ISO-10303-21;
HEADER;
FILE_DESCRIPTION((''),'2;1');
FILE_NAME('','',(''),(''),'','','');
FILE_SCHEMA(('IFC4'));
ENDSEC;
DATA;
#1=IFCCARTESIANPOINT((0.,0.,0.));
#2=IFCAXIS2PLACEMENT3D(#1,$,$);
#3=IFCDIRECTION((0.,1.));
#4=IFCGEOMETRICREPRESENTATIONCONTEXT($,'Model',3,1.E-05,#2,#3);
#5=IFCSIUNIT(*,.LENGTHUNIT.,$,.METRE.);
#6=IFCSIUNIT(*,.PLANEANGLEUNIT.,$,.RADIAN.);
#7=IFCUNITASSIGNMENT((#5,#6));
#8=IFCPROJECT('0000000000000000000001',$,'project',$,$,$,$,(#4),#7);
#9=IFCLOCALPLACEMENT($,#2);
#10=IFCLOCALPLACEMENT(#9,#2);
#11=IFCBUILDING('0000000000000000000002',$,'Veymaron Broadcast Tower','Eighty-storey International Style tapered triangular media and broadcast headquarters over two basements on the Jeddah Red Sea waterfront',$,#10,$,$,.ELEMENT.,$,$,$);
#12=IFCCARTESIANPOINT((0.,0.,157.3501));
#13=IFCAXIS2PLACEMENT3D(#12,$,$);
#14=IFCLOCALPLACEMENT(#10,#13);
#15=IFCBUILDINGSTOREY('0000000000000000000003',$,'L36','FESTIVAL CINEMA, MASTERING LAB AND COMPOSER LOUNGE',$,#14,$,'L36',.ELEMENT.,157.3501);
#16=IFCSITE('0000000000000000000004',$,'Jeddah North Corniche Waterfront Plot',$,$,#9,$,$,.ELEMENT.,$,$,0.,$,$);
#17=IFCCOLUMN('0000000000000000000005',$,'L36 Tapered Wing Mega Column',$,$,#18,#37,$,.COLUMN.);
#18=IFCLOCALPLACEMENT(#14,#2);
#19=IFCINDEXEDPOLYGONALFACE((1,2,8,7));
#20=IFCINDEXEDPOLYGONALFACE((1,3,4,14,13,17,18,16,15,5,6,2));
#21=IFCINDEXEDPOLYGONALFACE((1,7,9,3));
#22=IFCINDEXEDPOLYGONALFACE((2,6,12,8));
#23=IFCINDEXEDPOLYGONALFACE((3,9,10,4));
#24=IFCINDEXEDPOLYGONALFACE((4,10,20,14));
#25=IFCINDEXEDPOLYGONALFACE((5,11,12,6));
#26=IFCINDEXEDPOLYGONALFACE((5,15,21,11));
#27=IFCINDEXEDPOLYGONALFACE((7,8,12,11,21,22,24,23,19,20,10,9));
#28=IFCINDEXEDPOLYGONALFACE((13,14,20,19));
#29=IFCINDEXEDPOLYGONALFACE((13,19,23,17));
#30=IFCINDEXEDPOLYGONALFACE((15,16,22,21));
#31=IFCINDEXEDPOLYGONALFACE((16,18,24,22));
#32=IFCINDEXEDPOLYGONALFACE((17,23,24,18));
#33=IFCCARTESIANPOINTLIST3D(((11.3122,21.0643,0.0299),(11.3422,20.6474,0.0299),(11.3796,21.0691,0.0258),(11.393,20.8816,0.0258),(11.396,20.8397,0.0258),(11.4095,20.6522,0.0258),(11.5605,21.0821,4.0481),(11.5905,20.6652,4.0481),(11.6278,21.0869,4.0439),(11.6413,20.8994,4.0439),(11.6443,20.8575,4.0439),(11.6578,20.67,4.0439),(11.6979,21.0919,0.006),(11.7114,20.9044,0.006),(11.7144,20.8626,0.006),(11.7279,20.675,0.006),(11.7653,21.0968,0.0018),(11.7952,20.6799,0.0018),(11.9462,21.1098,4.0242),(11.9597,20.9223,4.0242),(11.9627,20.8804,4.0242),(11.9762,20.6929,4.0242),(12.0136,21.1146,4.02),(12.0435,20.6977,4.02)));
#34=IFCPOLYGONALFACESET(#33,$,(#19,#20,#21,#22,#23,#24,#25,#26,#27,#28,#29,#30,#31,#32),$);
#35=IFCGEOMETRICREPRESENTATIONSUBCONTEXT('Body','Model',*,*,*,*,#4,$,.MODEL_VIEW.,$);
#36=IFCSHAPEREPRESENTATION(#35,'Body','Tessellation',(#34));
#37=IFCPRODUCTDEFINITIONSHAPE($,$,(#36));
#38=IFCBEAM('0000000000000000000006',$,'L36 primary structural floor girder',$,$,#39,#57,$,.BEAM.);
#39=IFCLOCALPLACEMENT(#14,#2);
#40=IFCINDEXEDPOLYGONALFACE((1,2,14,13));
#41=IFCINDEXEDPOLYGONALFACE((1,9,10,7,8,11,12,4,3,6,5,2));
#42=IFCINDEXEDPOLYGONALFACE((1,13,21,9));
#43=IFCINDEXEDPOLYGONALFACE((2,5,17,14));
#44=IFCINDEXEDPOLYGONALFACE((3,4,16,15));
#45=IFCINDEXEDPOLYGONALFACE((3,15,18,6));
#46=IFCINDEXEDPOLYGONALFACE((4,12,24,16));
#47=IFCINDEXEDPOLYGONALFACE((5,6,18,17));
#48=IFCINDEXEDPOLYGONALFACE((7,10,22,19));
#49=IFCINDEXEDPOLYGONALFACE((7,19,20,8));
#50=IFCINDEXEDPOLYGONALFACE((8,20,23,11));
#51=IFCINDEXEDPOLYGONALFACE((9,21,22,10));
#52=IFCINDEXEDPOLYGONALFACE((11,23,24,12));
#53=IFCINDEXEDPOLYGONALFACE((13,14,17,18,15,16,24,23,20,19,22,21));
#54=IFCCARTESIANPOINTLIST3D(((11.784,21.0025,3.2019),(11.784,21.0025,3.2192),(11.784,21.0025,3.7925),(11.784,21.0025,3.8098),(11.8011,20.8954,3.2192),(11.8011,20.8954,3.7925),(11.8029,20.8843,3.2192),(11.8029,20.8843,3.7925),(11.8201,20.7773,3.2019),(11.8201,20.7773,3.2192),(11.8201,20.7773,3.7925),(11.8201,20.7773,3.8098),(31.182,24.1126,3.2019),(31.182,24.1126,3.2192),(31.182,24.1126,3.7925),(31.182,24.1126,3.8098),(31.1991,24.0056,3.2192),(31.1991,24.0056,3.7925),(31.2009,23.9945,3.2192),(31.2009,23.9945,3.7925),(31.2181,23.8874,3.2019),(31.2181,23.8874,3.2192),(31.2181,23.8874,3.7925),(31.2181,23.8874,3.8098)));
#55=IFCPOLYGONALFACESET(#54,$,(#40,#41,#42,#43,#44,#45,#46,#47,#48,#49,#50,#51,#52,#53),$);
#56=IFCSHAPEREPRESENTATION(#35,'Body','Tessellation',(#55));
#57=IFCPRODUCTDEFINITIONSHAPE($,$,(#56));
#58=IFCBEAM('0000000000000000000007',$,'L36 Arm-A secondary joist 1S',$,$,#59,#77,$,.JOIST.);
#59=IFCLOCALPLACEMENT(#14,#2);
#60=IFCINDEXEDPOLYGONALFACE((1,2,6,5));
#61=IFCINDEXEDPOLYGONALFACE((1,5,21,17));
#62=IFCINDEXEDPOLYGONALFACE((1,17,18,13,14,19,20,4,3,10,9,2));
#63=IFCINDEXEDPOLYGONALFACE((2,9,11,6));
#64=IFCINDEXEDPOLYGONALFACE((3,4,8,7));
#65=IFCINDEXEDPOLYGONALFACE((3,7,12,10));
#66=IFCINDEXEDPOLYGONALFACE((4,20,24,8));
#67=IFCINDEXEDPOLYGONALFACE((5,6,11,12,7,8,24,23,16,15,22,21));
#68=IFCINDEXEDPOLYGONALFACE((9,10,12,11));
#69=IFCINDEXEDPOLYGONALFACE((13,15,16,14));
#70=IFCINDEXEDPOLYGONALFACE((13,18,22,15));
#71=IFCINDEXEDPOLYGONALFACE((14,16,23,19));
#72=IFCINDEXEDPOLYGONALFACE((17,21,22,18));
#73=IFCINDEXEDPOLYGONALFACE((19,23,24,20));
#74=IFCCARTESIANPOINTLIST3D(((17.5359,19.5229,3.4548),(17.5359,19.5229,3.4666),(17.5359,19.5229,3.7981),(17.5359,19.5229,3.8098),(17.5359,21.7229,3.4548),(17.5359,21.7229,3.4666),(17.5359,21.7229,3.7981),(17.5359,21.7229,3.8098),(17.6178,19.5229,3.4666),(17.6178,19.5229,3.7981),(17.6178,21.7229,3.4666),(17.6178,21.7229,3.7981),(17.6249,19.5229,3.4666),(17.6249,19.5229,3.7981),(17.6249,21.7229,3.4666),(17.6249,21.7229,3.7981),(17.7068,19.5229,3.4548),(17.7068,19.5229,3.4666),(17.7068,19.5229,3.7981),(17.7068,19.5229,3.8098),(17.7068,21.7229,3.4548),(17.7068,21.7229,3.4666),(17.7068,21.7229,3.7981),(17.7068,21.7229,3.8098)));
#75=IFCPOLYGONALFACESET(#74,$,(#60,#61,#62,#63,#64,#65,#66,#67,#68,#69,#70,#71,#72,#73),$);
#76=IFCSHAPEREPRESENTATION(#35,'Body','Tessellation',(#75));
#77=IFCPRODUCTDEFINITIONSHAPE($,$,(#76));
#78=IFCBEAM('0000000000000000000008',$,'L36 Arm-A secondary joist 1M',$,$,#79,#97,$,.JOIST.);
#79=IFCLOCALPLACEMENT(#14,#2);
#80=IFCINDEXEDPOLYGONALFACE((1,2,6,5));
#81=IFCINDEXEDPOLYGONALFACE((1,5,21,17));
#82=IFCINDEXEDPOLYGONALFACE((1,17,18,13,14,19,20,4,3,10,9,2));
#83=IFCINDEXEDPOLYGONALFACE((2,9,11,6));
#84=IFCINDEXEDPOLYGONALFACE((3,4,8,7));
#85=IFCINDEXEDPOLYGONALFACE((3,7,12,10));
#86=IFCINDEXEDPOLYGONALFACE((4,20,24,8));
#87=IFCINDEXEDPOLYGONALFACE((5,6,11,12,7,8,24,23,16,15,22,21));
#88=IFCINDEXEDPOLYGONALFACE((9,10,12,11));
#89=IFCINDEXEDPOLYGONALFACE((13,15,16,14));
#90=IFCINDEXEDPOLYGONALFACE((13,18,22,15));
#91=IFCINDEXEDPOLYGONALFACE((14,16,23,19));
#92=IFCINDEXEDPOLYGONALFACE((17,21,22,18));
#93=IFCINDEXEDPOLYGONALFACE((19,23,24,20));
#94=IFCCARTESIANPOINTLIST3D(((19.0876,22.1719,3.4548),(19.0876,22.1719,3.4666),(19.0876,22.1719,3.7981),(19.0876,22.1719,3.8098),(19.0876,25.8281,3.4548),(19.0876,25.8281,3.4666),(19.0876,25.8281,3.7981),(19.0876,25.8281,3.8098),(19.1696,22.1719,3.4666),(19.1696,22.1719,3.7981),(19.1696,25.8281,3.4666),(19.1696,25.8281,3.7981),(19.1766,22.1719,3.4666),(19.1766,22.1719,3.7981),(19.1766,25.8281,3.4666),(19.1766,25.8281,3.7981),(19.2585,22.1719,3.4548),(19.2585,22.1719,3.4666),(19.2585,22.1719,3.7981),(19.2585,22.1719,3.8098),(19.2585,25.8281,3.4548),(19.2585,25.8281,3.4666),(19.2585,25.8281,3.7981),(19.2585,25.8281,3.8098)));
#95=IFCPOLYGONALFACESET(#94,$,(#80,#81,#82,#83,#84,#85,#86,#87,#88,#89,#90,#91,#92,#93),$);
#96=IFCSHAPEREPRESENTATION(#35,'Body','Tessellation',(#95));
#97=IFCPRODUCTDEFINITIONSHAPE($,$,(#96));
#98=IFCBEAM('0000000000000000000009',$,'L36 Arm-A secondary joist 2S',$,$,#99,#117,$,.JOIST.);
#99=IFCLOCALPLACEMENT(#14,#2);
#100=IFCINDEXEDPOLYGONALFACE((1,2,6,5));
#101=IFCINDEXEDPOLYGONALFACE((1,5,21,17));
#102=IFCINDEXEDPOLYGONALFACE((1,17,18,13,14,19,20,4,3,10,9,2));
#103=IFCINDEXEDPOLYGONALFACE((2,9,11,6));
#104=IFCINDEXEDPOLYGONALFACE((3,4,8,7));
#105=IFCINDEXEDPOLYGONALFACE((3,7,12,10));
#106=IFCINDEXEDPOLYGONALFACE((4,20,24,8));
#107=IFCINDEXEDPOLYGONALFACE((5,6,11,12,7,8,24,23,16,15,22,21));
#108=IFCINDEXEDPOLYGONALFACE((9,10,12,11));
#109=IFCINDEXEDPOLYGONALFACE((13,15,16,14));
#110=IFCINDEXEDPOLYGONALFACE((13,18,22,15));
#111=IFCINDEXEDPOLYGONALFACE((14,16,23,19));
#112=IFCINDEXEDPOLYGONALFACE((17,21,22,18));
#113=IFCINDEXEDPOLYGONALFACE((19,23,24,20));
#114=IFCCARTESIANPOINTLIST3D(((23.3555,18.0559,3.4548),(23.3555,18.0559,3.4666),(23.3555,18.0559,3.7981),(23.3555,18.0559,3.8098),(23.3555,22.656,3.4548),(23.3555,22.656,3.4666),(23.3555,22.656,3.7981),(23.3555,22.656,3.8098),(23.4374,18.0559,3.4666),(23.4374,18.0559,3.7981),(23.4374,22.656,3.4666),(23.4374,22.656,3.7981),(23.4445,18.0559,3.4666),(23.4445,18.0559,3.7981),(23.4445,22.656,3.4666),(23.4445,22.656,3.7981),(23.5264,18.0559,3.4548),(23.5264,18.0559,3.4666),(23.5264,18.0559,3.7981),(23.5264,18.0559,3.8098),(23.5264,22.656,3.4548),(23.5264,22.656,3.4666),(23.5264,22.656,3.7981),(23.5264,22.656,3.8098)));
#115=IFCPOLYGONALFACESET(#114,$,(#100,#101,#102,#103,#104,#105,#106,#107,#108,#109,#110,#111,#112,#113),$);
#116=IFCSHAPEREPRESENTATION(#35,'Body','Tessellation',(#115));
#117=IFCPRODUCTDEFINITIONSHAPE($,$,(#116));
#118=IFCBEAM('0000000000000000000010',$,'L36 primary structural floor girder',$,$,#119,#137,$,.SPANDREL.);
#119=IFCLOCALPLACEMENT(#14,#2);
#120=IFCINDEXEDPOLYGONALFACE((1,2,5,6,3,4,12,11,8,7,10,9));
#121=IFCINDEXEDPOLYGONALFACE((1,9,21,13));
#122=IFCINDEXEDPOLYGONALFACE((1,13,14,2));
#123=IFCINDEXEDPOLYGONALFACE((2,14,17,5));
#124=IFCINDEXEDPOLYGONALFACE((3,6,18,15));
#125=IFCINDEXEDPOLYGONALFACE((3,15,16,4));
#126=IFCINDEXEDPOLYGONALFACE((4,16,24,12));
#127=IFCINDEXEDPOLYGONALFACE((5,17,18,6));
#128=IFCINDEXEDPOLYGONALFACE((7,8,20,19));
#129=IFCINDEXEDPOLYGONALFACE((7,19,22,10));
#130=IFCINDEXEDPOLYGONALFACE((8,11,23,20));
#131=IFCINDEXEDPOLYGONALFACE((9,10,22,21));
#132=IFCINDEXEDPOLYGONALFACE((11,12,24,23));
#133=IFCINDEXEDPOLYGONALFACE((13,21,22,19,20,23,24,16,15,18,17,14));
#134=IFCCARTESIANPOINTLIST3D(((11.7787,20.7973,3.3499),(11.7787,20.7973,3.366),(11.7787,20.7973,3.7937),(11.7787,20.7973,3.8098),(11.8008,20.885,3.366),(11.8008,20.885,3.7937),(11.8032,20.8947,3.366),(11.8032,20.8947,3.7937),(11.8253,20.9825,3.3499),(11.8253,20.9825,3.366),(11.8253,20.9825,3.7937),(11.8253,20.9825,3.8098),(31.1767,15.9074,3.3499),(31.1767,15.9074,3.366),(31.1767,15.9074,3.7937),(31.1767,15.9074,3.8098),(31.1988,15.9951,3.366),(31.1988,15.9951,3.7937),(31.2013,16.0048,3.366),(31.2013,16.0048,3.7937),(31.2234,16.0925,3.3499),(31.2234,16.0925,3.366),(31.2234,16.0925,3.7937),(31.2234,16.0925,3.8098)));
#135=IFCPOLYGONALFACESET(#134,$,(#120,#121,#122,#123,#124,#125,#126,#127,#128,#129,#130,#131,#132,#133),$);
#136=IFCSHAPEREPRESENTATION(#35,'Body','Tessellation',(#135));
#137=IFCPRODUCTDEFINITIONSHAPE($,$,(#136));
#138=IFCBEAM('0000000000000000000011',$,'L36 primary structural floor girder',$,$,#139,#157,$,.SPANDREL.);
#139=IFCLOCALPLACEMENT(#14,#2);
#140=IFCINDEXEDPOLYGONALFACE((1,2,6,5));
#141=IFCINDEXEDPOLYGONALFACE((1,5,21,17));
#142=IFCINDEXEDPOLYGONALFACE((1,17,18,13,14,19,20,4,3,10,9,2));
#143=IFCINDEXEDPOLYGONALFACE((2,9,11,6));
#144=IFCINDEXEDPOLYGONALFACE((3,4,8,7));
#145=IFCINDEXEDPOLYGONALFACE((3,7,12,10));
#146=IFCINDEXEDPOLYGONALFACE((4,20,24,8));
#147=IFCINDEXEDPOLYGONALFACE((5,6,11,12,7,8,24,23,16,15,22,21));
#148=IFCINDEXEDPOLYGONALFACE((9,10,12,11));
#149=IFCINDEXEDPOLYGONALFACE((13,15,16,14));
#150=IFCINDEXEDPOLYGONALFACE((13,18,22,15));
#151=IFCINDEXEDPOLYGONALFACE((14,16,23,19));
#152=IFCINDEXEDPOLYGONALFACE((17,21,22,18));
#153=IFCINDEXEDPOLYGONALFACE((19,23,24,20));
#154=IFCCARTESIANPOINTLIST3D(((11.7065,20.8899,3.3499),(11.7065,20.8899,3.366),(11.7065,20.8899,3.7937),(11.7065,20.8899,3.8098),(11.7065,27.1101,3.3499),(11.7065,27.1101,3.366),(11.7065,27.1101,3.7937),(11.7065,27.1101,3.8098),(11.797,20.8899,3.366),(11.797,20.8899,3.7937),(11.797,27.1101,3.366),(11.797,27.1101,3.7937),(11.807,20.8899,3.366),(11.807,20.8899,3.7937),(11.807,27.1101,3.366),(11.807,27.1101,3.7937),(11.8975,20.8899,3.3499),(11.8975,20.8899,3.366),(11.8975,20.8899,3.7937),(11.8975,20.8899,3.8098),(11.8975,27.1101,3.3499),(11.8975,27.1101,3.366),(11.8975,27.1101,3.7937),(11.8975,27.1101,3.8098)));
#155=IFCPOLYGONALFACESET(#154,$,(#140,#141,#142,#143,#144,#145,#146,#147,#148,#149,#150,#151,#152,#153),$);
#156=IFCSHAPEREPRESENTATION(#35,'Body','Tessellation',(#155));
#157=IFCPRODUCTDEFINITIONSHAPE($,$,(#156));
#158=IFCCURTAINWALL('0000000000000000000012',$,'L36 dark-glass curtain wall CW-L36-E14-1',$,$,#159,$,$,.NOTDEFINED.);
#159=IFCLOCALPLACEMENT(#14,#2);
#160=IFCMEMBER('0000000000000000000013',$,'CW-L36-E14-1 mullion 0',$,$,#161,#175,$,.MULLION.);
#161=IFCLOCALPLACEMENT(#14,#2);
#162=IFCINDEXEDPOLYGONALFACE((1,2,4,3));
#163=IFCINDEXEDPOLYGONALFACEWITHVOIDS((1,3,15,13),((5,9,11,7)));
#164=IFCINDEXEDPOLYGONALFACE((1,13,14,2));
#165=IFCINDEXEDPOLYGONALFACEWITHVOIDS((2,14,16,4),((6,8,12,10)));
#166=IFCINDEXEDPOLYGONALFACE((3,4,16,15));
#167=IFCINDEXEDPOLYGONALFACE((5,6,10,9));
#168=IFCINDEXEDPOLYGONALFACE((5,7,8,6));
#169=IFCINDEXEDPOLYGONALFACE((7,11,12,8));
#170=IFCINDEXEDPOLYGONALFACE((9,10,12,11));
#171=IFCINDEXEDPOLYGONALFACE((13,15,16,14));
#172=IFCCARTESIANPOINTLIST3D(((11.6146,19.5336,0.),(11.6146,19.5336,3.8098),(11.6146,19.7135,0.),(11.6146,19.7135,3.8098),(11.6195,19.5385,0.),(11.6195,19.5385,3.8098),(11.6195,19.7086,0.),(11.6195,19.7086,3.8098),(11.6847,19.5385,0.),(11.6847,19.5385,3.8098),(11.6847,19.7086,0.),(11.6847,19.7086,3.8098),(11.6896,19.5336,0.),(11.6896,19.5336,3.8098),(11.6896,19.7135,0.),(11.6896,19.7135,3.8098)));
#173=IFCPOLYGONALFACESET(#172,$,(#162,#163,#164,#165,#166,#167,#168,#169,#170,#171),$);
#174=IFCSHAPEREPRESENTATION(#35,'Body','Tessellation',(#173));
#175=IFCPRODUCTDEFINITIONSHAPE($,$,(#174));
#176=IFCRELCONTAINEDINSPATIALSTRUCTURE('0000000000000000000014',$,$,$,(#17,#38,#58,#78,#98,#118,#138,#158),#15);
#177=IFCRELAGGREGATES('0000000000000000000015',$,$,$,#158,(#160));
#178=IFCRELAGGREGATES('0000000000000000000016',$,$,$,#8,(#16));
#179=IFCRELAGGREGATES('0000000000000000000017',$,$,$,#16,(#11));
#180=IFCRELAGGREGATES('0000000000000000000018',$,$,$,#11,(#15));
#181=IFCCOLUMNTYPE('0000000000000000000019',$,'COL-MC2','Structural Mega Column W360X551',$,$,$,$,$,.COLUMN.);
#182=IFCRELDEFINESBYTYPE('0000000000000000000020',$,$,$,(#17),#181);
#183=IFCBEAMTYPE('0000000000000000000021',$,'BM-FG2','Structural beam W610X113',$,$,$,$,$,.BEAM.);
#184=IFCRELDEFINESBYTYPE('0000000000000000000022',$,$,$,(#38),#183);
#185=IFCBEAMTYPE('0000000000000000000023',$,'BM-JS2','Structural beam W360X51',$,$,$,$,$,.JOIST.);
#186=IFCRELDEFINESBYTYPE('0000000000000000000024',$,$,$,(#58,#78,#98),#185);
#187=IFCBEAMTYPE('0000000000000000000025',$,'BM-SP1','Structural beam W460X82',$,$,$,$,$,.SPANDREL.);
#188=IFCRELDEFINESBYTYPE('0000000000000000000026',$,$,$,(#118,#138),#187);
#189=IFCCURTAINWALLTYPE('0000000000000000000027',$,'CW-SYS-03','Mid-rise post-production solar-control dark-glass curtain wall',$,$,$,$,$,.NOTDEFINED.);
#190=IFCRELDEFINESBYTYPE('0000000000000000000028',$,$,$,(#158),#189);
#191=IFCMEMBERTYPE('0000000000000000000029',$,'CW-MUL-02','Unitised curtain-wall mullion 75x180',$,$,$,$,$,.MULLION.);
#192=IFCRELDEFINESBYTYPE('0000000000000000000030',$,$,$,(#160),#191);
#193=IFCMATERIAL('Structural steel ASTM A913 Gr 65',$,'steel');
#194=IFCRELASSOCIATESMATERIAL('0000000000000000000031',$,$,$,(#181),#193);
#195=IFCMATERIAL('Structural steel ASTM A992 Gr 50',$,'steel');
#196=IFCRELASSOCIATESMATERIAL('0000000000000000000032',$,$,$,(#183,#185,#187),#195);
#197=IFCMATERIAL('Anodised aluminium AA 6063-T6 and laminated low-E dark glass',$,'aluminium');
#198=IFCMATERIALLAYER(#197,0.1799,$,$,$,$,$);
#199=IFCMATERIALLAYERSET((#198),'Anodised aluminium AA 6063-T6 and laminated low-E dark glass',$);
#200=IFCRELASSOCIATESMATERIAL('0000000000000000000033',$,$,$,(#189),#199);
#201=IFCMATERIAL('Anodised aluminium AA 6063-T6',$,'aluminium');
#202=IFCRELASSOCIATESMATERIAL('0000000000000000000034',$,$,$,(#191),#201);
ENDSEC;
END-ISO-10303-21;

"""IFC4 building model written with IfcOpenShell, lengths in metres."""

from ifc_helpers import new_model, si_unit, direction, frame, origin, origin_2d, place, context, subcontext, project, spatial, hollow_rectangle, i_section, extrude, material, layer, layer_set, material_profile, profile_set, type_object, element, aggregate, save


model = new_model("IFC4")

# Units and contexts
model_context = context("Model", 3, precision=1e-05, world=origin(), true_north=direction((0.0, 1.0)))
body_context = subcontext(model_context, "Body", "Model", "MODEL_VIEW")
ifc_project = project(units=[si_unit("LENGTHUNIT", "METRE"), si_unit("PLANEANGLEUNIT", "RADIAN")], contexts=[model_context])

# Site, building, storey
site_placement = place(None, origin())
site = spatial("IfcSite", under=ifc_project, at=site_placement, Name="Jeddah North Corniche Waterfront Plot", CompositionType="ELEMENT", RefElevation=0.0)
building_placement = place(site_placement, origin())
building = spatial("IfcBuilding", under=site, at=building_placement, Name="Veymaron Broadcast Tower", Description="Eighty-storey International Style tapered triangular media and broadcast headquarters over two basements on the Jeddah Red Sea waterfront", CompositionType="ELEMENT")
storey_placement = place(building_placement, frame((0.0, 0.0, 157.3501)))
storey = spatial("IfcBuildingStorey", under=building, at=storey_placement, Name="L36", Description="FESTIVAL CINEMA, MASTERING LAB AND COMPOSER LOUNGE", LongName="L36", CompositionType="ELEMENT", Elevation=157.3501)

# Column
ifc_material_1 = material(Name="Structural steel ASTM A913 Gr 65", Category="steel")
ifc_material_profile_1 = material_profile(ifc_material_1, i_section(OverallWidth=0.418, OverallDepth=0.4551, WebThickness=0.042, FlangeThickness=0.0676, at=origin_2d()), Name="W360X551")
ifc_profile_set_1 = profile_set([ifc_material_profile_1], Name="Structural steel ASTM A913 Gr 65")
column_type = type_object("IfcColumnType", Name="COL-MC2", Description="Structural Mega Column W360X551", PredefinedType="COLUMN", material=ifc_profile_set_1)
column_placement = place(storey_placement, frame((11.5537, 20.8721, 0.0159), z_axis=(0.061675, 0.004427, 0.998086), x_axis=(-0.071596, 0.997434, 0.0)))
element("IfcColumn", 1, at=column_placement, inside=storey, type_object=column_type, Name="L36 Tapered Wing Mega Column", PredefinedType="COLUMN", context=body_context, shape_type="SweptSolid", body=[
    extrude(i_section(OverallWidth=0.418, OverallDepth=0.4551, WebThickness=0.042, FlangeThickness=0.0676, at=origin_2d()), origin(), (0.0, 0.0, 1.0), 4.0259),
])

# Beams
ifc_material_2 = material(Name="Structural steel ASTM A992 Gr 50", Category="steel")
ifc_material_profile_2 = material_profile(ifc_material_2, i_section(OverallWidth=0.228, OverallDepth=0.6079, WebThickness=0.0112, FlangeThickness=0.0173, at=origin_2d()), Name="W610X113")
ifc_profile_set_2 = profile_set([ifc_material_profile_2], Name="Structural steel ASTM A992 Gr 50")
beam_type_1 = type_object("IfcBeamType", Name="BM-FG2", Description="Structural beam W610X113", PredefinedType="BEAM", material=ifc_profile_set_2)
beam_1_placement = place(storey_placement, frame((11.802, 20.8899, 3.5059), z_axis=(0.987389, 0.15831, 0.0), x_axis=(-0.15831, 0.987389, 0.0)))
element("IfcBeam", 2, at=beam_1_placement, inside=storey, type_object=beam_type_1, Name="L36 primary structural floor girder", PredefinedType="BEAM", context=body_context, shape_type="SweptSolid", body=[
    extrude(i_section(OverallWidth=0.228, OverallDepth=0.6079, WebThickness=0.0112, FlangeThickness=0.0173, at=origin_2d()), origin(), (0.0, 0.0, 1.0), 19.6458),
])
ifc_material_profile_3 = material_profile(ifc_material_2, i_section(OverallWidth=0.1709, OverallDepth=0.355, WebThickness=0.0071, FlangeThickness=0.0117, at=origin_2d()), Name="W360X51")
ifc_profile_set_3 = profile_set([ifc_material_profile_3], Name="Structural steel ASTM A992 Gr 50")
beam_type_2 = type_object("IfcBeamType", Name="BM-JS2", Description="Structural beam W360X51", PredefinedType="JOIST", material=ifc_profile_set_3)
beam_2_placement = place(storey_placement, frame((17.6213, 19.5229, 3.6323), z_axis=(0.0, 1.0, 0.0), x_axis=(-1.0, 0.0, 0.0)))
element("IfcBeam", 3, at=beam_2_placement, inside=storey, type_object=beam_type_2, Name="L36 Arm-A secondary joist 1S", PredefinedType="JOIST", context=body_context, shape_type="SweptSolid", body=[
    extrude(i_section(OverallWidth=0.1709, OverallDepth=0.355, WebThickness=0.0071, FlangeThickness=0.0117, at=origin_2d()), origin(), (0.0, 0.0, 1.0), 2.2),
])
beam_3_placement = place(storey_placement, frame((19.1731, 22.1719, 3.6323), z_axis=(0.0, 1.0, 0.0), x_axis=(-1.0, 0.0, 0.0)))
element("IfcBeam", 4, at=beam_3_placement, inside=storey, type_object=beam_type_2, Name="L36 Arm-A secondary joist 1M", PredefinedType="JOIST", context=body_context, shape_type="SweptSolid", body=[
    extrude(i_section(OverallWidth=0.1709, OverallDepth=0.355, WebThickness=0.0071, FlangeThickness=0.0117, at=origin_2d()), origin(), (0.0, 0.0, 1.0), 3.6562),
])
beam_4_placement = place(storey_placement, frame((23.4409, 18.0559, 3.6323), z_axis=(0.0, 1.0, 0.0), x_axis=(-1.0, 0.0, 0.0)))
element("IfcBeam", 5, at=beam_4_placement, inside=storey, type_object=beam_type_2, Name="L36 Arm-A secondary joist 2S", PredefinedType="JOIST", context=body_context, shape_type="SweptSolid", body=[
    extrude(i_section(OverallWidth=0.1709, OverallDepth=0.355, WebThickness=0.0071, FlangeThickness=0.0117, at=origin_2d()), origin(), (0.0, 0.0, 1.0), 4.6001),
])
ifc_material_profile_4 = material_profile(ifc_material_2, i_section(OverallWidth=0.1909, OverallDepth=0.46, WebThickness=0.01, FlangeThickness=0.0161, at=origin_2d()), Name="W460X82")
ifc_profile_set_4 = profile_set([ifc_material_profile_4], Name="Structural steel ASTM A992 Gr 50")
beam_type_3 = type_object("IfcBeamType", Name="BM-SP1", Description="Structural beam W460X82", PredefinedType="SPANDREL", material=ifc_profile_set_4)
beam_5_placement = place(storey_placement, frame((11.802, 20.8899, 3.5798), z_axis=(0.969665, -0.244436, 0.0), x_axis=(0.244436, 0.969665, 0.0)))
element("IfcBeam", 6, at=beam_5_placement, inside=storey, type_object=beam_type_3, Name="L36 primary structural floor girder", PredefinedType="SPANDREL", context=body_context, shape_type="SweptSolid", body=[
    extrude(i_section(OverallWidth=0.1909, OverallDepth=0.46, WebThickness=0.01, FlangeThickness=0.0161, at=origin_2d()), origin(), (0.0, 0.0, 1.0), 20.0049),
])
beam_6_placement = place(storey_placement, frame((11.802, 20.8899, 3.5798), z_axis=(0.0, 1.0, 0.0), x_axis=(-1.0, 0.0, 0.0)))
element("IfcBeam", 7, at=beam_6_placement, inside=storey, type_object=beam_type_3, Name="L36 primary structural floor girder", PredefinedType="SPANDREL", context=body_context, shape_type="SweptSolid", body=[
    extrude(i_section(OverallWidth=0.1909, OverallDepth=0.46, WebThickness=0.01, FlangeThickness=0.0161, at=origin_2d()), origin(), (0.0, 0.0, 1.0), 6.2202),
])

# Curtain wall, member
ifc_material_3 = material(Name="Anodised aluminium AA 6063-T6 and laminated low-E dark glass", Category="aluminium")
ifc_layer_1 = layer(ifc_material_3, 0.1799)
ifc_layer_set_1 = layer_set([ifc_layer_1], Name="Anodised aluminium AA 6063-T6 and laminated low-E dark glass")
curtain_wall_type = type_object("IfcCurtainWallType", Name="CW-SYS-03", Description="Mid-rise post-production solar-control dark-glass curtain wall", PredefinedType="NOTDEFINED", material=ifc_layer_set_1)
curtain_wall_placement = place(storey_placement, origin())
curtain_wall = element("IfcCurtainWall", 8, at=curtain_wall_placement, inside=storey, type_object=curtain_wall_type, Name="L36 dark-glass curtain wall CW-L36-E14-1", PredefinedType="NOTDEFINED")
ifc_material_4 = material(Name="Anodised aluminium AA 6063-T6", Category="aluminium")
ifc_material_profile_5 = material_profile(ifc_material_4, hollow_rectangle(XDim=0.075, YDim=0.1799, WallThickness=0.0049, at=origin_2d()), Name="AL180X75X5")
ifc_profile_set_5 = profile_set([ifc_material_profile_5], Name="Anodised aluminium AA 6063-T6")
member_type_1 = type_object("IfcMemberType", Name="CW-MUL-02", Description="Unitised curtain-wall mullion 75x180", PredefinedType="MULLION", material=ifc_profile_set_5)
member_1_placement = place(storey_placement, frame((11.6521, 19.6235, 0.0), z_axis=(0.0, 0.0, 1.0), x_axis=(1.0, 0.0, 0.0)))
member_1 = element("IfcMember", 9, at=member_1_placement, type_object=member_type_1, Name="CW-L36-E14-1 mullion 0", PredefinedType="MULLION", context=body_context, shape_type="SweptSolid", body=[
    extrude(hollow_rectangle(XDim=0.075, YDim=0.1799, WallThickness=0.0049, at=origin_2d()), origin(), (0.0, 0.0, 1.0), 3.8098),
])
aggregate(curtain_wall, [member_1])

save(model, "model.ifc")
